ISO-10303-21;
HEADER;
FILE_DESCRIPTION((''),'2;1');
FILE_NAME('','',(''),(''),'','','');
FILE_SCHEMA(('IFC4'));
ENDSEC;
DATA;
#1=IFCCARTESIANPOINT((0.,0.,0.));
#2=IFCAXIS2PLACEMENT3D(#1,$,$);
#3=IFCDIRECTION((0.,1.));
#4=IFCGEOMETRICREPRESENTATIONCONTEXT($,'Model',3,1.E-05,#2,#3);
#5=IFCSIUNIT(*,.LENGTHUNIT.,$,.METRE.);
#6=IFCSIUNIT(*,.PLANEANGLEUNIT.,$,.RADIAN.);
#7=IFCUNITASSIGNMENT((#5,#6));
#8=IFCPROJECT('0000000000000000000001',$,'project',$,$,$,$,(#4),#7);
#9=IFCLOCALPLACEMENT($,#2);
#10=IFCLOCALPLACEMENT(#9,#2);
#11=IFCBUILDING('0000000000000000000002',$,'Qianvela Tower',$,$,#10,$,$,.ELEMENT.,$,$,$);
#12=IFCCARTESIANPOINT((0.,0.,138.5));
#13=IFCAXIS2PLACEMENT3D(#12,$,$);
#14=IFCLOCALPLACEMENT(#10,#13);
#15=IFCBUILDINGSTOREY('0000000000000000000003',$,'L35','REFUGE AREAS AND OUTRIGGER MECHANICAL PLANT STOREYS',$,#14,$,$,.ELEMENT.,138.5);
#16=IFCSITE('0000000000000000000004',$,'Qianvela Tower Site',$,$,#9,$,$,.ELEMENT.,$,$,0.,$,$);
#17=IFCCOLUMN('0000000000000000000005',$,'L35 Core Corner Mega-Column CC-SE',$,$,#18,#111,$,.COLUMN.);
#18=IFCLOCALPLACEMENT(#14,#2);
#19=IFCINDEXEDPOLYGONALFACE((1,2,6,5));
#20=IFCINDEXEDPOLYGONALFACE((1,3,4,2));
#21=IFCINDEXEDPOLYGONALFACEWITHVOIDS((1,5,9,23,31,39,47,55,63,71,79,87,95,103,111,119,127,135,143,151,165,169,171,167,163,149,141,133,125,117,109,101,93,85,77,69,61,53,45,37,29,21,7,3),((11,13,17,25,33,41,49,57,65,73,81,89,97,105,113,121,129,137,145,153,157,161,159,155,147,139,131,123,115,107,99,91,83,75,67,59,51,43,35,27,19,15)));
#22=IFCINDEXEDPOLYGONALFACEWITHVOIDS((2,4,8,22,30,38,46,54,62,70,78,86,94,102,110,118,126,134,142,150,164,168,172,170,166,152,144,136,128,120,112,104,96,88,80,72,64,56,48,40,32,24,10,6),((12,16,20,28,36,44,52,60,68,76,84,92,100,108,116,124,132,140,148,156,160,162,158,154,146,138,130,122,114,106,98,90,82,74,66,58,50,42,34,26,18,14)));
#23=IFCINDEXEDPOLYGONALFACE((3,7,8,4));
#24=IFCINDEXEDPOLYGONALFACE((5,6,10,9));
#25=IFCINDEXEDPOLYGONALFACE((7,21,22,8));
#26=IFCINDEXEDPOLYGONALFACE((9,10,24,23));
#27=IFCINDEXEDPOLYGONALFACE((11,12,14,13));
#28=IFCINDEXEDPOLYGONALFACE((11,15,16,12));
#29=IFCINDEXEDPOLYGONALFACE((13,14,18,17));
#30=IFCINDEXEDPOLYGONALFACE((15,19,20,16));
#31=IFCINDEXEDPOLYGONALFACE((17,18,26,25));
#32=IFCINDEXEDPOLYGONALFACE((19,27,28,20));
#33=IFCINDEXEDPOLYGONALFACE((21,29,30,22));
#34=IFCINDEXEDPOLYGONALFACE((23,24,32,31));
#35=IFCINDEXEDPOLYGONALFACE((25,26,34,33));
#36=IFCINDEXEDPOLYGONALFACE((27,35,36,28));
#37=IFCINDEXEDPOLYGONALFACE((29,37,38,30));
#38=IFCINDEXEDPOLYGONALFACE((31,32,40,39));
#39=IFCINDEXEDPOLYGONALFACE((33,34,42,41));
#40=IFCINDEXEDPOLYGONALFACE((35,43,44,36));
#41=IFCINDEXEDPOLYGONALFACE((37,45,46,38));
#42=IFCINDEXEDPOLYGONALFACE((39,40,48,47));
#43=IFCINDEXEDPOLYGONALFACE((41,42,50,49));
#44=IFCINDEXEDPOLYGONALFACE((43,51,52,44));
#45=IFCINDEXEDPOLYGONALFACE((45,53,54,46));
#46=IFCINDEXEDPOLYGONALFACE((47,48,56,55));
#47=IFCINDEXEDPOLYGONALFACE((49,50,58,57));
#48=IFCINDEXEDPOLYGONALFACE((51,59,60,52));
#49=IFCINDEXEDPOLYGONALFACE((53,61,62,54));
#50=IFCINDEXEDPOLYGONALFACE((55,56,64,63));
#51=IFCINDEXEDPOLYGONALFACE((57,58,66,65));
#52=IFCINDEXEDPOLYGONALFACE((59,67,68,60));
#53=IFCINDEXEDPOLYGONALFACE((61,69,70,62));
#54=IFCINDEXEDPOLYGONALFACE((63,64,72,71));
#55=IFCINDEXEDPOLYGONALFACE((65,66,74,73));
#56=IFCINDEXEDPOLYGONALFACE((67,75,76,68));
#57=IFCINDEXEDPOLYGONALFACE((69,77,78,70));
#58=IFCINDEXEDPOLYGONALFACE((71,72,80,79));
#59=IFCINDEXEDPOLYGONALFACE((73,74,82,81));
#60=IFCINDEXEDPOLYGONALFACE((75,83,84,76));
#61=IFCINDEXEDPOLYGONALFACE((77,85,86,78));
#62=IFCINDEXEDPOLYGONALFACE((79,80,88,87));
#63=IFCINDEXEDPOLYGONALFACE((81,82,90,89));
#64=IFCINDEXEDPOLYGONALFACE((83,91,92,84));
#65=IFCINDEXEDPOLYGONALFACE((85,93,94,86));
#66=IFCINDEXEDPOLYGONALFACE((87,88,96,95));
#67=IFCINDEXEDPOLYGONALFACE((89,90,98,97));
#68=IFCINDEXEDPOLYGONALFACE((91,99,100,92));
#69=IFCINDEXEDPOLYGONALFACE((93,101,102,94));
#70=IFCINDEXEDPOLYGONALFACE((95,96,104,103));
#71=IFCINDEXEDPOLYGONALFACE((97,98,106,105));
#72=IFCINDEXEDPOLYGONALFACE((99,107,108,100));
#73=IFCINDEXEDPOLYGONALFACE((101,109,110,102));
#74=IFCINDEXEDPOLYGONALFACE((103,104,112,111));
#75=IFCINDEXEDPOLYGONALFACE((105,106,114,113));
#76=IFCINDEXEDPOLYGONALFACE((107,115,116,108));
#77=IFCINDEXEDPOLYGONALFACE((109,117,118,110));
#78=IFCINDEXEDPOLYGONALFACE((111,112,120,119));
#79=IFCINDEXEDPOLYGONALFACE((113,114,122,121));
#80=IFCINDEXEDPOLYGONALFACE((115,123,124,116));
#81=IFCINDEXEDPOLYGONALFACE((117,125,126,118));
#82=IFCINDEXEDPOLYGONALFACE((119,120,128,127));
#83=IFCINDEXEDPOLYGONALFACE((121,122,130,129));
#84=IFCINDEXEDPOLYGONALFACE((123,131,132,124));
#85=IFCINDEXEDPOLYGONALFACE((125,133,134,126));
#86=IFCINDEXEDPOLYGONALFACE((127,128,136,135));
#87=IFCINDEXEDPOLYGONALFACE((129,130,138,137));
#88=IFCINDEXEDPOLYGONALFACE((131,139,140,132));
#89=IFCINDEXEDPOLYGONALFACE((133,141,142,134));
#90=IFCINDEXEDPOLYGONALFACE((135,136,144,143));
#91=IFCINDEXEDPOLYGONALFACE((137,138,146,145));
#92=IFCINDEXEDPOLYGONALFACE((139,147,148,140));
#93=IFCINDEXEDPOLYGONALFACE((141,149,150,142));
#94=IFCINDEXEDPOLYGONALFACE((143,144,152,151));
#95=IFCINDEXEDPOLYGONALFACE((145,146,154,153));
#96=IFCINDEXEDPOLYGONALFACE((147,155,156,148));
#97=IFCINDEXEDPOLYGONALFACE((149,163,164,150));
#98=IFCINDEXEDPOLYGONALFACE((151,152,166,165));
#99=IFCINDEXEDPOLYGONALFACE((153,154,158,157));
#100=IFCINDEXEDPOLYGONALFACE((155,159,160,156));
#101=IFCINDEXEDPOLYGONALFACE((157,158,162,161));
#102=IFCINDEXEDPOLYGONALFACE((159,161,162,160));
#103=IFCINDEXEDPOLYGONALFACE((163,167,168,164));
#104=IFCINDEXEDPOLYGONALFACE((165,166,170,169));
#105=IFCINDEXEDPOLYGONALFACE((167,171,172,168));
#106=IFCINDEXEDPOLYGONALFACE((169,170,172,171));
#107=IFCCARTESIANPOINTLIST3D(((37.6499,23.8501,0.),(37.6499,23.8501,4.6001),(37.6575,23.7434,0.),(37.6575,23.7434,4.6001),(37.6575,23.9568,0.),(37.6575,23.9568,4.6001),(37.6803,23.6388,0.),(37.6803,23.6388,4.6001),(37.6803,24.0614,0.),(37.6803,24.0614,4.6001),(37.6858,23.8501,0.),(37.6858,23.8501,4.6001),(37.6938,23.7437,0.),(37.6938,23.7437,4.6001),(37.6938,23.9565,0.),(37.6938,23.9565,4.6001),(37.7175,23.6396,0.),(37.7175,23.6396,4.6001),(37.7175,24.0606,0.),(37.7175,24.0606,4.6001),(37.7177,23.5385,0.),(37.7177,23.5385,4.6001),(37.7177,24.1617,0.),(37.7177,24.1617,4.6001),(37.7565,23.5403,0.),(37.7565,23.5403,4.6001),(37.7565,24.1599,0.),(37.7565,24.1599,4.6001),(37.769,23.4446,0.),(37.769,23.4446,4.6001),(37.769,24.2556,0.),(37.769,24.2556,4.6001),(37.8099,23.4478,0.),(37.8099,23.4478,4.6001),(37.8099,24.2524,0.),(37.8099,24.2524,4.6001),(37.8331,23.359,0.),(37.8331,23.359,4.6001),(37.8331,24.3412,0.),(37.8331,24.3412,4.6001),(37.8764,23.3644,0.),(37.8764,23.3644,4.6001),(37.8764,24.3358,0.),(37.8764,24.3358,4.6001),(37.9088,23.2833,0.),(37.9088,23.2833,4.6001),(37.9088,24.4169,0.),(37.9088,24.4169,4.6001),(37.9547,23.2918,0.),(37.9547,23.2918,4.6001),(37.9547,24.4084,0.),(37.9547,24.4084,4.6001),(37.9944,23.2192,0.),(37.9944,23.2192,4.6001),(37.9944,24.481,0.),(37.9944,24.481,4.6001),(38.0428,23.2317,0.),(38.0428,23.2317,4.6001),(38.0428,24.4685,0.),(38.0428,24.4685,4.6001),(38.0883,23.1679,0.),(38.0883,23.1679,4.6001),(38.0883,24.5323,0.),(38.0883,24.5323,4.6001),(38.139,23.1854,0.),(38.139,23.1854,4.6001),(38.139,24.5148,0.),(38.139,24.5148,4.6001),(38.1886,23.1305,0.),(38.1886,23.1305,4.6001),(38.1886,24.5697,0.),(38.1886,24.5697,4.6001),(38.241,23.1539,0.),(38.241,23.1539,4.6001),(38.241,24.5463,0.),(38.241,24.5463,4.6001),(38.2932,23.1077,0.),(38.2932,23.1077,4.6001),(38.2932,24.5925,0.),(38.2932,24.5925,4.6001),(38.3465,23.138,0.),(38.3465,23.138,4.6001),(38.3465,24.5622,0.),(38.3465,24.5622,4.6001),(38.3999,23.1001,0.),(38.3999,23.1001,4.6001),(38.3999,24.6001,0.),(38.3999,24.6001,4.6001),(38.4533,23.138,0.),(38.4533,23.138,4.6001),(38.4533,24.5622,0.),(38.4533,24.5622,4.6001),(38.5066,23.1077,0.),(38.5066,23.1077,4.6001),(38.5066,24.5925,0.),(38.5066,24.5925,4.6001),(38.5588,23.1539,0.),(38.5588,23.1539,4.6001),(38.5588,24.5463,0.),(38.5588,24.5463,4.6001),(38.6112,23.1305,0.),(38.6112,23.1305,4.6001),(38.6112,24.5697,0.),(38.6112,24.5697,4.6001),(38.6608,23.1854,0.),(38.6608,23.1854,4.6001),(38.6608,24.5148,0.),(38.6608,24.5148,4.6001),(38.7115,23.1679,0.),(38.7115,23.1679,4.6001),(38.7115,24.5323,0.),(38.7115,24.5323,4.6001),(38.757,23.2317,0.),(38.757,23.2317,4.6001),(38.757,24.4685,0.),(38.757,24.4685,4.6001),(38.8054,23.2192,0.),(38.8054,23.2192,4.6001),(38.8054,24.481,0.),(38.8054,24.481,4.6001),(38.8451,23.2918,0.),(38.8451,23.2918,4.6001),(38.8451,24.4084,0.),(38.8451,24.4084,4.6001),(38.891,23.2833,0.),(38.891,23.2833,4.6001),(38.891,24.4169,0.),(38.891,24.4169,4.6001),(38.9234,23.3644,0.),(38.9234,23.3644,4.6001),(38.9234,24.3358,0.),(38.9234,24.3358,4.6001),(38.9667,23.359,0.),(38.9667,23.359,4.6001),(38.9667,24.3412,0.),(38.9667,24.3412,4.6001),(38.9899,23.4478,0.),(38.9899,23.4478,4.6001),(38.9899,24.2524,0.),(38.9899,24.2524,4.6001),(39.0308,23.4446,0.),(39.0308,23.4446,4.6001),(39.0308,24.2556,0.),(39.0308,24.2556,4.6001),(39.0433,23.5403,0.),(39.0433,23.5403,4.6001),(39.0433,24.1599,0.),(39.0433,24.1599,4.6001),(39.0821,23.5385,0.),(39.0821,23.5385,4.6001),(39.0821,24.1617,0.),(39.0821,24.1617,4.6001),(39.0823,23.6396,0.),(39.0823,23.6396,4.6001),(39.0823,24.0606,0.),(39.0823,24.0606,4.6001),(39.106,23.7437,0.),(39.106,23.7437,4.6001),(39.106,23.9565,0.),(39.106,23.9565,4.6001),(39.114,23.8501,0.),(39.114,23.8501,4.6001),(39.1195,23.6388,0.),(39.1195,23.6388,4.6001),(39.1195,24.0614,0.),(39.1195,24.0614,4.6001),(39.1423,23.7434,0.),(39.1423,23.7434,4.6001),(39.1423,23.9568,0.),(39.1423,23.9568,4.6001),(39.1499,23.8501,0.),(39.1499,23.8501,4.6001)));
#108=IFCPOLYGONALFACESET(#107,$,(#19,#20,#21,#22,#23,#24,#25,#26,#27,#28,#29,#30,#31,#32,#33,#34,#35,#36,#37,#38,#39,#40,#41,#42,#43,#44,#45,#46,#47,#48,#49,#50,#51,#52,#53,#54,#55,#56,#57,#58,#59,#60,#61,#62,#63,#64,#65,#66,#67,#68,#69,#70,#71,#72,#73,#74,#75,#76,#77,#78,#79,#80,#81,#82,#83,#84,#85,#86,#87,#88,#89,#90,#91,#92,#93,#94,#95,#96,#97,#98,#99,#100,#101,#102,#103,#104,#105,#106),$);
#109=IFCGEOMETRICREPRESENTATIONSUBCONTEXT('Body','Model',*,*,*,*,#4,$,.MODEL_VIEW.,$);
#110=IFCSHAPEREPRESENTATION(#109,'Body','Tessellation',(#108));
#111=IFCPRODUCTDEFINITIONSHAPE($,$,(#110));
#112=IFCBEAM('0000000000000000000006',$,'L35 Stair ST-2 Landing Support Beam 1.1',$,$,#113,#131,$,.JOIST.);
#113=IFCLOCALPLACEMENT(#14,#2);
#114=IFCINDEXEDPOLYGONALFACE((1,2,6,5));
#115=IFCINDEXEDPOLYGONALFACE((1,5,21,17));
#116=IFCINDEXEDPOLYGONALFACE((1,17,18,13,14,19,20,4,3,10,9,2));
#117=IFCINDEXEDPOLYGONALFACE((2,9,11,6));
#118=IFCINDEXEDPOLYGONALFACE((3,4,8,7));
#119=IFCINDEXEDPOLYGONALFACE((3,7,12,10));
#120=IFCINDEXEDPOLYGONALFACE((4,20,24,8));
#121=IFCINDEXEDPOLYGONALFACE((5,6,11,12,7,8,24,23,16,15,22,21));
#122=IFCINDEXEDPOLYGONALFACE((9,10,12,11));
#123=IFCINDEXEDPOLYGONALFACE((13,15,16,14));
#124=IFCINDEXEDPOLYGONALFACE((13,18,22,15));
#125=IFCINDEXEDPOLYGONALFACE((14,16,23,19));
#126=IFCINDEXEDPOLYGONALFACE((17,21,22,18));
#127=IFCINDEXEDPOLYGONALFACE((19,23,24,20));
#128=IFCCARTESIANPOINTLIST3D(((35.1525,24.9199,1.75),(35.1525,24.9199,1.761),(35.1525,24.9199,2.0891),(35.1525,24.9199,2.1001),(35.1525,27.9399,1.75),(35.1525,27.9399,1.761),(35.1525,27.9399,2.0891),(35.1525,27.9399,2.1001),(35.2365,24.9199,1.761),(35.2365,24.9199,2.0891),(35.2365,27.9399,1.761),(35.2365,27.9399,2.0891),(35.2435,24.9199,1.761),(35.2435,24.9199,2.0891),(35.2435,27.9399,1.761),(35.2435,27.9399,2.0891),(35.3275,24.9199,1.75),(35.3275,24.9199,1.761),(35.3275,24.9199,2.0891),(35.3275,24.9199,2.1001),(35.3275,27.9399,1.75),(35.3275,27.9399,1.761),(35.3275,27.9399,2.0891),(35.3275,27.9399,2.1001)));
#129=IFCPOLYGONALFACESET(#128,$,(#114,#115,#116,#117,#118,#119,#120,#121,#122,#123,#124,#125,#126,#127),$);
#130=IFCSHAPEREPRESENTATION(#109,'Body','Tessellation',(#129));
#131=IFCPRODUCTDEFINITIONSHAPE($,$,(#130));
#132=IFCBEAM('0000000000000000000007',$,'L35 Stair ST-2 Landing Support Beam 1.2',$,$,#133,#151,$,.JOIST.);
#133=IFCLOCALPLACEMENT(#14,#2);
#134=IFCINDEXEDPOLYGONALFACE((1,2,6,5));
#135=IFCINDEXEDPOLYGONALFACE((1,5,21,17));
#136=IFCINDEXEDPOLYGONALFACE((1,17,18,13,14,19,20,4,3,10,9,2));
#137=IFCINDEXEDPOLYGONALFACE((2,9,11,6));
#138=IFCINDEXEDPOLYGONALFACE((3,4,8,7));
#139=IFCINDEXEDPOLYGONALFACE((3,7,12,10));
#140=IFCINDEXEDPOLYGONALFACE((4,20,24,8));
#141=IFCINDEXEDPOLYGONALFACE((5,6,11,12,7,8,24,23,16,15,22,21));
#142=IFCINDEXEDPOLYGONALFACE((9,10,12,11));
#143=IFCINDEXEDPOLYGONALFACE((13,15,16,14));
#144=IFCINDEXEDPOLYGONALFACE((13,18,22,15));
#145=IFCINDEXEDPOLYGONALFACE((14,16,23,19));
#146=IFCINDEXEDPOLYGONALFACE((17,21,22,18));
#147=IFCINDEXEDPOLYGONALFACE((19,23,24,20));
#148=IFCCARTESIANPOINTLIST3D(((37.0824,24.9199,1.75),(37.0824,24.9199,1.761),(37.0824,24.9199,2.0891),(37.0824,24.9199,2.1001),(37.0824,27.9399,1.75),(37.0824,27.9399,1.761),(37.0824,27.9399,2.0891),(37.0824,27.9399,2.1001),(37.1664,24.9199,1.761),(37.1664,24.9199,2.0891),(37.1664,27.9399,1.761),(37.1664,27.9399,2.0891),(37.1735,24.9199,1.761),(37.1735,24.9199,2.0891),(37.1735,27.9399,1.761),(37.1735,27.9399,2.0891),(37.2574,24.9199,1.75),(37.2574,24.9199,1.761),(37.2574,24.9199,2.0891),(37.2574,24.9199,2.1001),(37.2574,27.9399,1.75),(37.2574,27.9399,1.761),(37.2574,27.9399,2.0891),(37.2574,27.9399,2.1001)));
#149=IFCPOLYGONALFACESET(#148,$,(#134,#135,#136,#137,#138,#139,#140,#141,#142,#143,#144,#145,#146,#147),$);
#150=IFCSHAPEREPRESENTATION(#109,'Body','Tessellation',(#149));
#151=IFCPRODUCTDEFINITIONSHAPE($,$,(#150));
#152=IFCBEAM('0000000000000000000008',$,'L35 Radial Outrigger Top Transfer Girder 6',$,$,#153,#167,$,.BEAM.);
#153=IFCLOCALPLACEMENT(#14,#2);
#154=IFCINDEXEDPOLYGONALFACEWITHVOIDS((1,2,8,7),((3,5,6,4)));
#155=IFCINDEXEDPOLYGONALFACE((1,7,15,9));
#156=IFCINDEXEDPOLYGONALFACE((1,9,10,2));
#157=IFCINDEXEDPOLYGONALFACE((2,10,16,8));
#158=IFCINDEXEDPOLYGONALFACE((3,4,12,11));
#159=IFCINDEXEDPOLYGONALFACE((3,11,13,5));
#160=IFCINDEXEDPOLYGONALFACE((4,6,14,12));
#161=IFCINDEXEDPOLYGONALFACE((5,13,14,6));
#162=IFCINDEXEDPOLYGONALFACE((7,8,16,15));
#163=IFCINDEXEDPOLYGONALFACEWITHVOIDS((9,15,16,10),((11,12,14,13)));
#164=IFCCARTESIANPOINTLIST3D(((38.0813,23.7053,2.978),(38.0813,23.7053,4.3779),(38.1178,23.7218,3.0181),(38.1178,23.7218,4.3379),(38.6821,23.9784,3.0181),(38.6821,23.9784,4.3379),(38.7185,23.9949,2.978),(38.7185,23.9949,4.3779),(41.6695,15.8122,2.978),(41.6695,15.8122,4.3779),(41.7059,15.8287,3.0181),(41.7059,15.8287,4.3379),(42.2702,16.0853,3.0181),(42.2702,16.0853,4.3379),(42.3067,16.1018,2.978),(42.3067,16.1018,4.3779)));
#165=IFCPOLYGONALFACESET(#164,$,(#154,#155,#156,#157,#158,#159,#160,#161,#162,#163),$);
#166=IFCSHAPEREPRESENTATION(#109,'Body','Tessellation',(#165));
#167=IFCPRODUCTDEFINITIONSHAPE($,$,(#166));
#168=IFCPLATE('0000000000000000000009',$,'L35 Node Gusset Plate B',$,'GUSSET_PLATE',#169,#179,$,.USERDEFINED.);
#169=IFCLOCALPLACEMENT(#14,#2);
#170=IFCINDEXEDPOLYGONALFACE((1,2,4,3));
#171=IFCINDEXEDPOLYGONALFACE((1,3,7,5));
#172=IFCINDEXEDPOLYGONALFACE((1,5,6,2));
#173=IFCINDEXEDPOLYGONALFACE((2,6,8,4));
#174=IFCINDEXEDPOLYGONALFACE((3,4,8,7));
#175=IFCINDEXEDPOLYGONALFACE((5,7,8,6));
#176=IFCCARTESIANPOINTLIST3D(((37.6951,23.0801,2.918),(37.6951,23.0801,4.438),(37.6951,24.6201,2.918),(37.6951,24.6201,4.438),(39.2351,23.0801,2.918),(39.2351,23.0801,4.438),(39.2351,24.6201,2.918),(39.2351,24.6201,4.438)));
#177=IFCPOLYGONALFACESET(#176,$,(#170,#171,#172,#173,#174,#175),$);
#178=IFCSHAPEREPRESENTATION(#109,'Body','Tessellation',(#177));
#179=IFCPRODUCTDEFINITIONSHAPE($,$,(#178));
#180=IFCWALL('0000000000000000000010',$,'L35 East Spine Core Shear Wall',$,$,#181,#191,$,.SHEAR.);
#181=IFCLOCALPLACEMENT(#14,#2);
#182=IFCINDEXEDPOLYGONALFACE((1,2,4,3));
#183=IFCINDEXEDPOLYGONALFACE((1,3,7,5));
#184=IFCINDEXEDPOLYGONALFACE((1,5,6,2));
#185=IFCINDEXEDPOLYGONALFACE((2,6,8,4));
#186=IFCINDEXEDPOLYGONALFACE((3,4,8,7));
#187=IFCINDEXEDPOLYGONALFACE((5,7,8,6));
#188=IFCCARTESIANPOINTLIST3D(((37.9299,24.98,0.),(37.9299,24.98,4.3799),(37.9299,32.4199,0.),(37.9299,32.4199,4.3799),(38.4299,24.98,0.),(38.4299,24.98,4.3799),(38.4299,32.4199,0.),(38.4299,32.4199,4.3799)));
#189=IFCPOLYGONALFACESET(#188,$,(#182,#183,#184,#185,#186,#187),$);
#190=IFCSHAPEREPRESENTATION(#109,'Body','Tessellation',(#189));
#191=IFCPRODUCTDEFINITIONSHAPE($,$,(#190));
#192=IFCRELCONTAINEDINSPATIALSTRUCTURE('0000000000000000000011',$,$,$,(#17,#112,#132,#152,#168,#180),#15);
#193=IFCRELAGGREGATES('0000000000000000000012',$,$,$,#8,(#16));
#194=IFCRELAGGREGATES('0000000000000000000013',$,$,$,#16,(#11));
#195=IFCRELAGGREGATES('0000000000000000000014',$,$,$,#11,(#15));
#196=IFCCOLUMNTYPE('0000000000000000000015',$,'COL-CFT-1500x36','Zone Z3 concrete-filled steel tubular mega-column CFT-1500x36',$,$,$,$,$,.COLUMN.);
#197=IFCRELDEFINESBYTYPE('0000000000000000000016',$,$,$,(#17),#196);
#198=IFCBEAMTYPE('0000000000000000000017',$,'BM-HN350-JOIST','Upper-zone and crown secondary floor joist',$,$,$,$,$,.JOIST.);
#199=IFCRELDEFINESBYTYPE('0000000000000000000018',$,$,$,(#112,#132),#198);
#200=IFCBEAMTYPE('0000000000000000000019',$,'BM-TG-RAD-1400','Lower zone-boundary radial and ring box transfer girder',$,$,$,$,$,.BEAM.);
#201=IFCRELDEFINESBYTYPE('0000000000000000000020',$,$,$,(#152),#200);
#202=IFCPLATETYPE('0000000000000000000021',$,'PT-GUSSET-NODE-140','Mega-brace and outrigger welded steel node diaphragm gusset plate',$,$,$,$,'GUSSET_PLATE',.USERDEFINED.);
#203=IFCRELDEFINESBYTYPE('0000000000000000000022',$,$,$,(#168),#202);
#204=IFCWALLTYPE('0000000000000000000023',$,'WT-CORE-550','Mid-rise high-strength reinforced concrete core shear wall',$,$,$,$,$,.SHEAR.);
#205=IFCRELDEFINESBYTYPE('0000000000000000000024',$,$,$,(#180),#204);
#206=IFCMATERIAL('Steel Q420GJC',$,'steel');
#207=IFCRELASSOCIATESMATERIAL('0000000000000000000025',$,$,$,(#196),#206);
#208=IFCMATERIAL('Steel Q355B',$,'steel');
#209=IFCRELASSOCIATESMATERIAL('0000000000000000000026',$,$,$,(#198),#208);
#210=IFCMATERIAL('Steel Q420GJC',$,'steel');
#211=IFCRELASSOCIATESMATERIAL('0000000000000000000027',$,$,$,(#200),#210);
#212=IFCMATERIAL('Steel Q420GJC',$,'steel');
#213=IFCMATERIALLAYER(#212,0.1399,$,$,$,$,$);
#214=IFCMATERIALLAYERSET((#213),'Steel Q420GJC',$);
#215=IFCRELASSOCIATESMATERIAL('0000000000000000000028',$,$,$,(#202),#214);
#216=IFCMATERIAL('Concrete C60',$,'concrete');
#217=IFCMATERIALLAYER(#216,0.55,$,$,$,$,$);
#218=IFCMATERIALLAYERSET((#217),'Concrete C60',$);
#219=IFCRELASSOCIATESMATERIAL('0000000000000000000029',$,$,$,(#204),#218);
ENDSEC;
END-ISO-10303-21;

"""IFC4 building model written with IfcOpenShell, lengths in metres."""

from ifc_helpers import new_model, si_unit, direction, frame, frame_2d, origin, origin_2d, place, context, subcontext, project, spatial, rectangle, hollow_rectangle, hollow_circle, i_section, extrude, material, layer, layer_set, material_profile, profile_set, type_object, element, save


model = new_model("IFC4")

# Units and contexts
model_context = context("Model", 3, precision=1e-05, world=origin(), true_north=direction((0.0, 1.0)))
body_context = subcontext(model_context, "Body", "Model", "MODEL_VIEW")
ifc_project = project(units=[si_unit("LENGTHUNIT", "METRE"), si_unit("PLANEANGLEUNIT", "RADIAN")], contexts=[model_context])

# Site, building, storey
site_placement = place(None, origin())
site = spatial("IfcSite", under=ifc_project, at=site_placement, Name="Qianvela Tower Site", CompositionType="ELEMENT", RefElevation=0.0)
building_placement = place(site_placement, origin())
building = spatial("IfcBuilding", under=site, at=building_placement, Name="Qianvela Tower", CompositionType="ELEMENT")
storey_placement = place(building_placement, frame((0.0, 0.0, 138.5)))
storey = spatial("IfcBuildingStorey", under=building, at=storey_placement, Name="L35", Description="REFUGE AREAS AND OUTRIGGER MECHANICAL PLANT STOREYS", CompositionType="ELEMENT", Elevation=138.5)

# Column
ifc_material_1 = material(Name="Steel Q420GJC", Category="steel")
ifc_material_profile_1 = material_profile(ifc_material_1, hollow_circle(Radius=0.75, WallThickness=0.0359, at=origin_2d()), Name="CFT-1500x36")
ifc_profile_set_1 = profile_set([ifc_material_profile_1], Name="Steel Q420GJC")
column_type = type_object("IfcColumnType", Name="COL-CFT-1500x36", Description="Zone Z3 concrete-filled steel tubular mega-column CFT-1500x36", PredefinedType="COLUMN", material=ifc_profile_set_1)
column_placement = place(storey_placement, frame((38.3999, 23.8501, 0.0), z_axis=(0.0, 0.0, 1.0), x_axis=(1.0, 0.0, 0.0)))
element("IfcColumn", 1, at=column_placement, inside=storey, type_object=column_type, Name="L35 Core Corner Mega-Column CC-SE", PredefinedType="COLUMN", context=body_context, shape_type="SweptSolid", body=[
    extrude(hollow_circle(Radius=0.75, WallThickness=0.0359, at=origin_2d()), origin(), (0.0, 0.0, 1.0), 4.6001),
])

# Beams
ifc_material_2 = material(Name="Steel Q355B", Category="steel")
ifc_material_profile_2 = material_profile(ifc_material_2, i_section(OverallWidth=0.175, OverallDepth=0.3501, WebThickness=0.0071, FlangeThickness=0.011, at=origin_2d()), Name="HN350x175x7x11")
ifc_profile_set_2 = profile_set([ifc_material_profile_2], Name="Steel Q355B")
beam_type_1 = type_object("IfcBeamType", Name="BM-HN350-JOIST", Description="Upper-zone and crown secondary floor joist", PredefinedType="JOIST", material=ifc_profile_set_2)
for number, where, z_axis, x_axis, name in (
    (2, (35.24, 24.9199, 1.925), (0.0, 1.0, 0.0), (-1.0, 0.0, 0.0), "L35 Stair ST-2 Landing Support Beam 1.1"),
    (3, (37.1699, 24.9199, 1.925), (0.0, 1.0, 0.0), (-1.0, 0.0, 0.0), "L35 Stair ST-2 Landing Support Beam 1.2"),
):
    element("IfcBeam", number, at=place(storey_placement, frame(where, z_axis=z_axis, x_axis=x_axis)), inside=storey, type_object=beam_type_1, Name=name, PredefinedType="JOIST", context=body_context, shape_type="SweptSolid", body=[
        extrude(i_section(OverallWidth=0.175, OverallDepth=0.3501, WebThickness=0.0071, FlangeThickness=0.011, at=origin_2d()), origin(), (0.0, 0.0, 1.0), 3.02),
    ])
ifc_material_3 = material(Name="Steel Q420GJC", Category="steel")
ifc_material_profile_3 = material_profile(ifc_material_3, hollow_rectangle(XDim=0.7, YDim=1.3999, WallThickness=0.04, at=origin_2d()), Name="TG-BOX-1400x700x40")
ifc_profile_set_3 = profile_set([ifc_material_profile_3], Name="Steel Q420GJC")
beam_type_2 = type_object("IfcBeamType", Name="BM-TG-RAD-1400", Description="Lower zone-boundary radial and ring box transfer girder", PredefinedType="BEAM", material=ifc_profile_set_3)
beam_placement = place(storey_placement, frame((38.3999, 23.8501, 3.678), z_axis=(0.413839, -0.91035, 0.0), x_axis=(0.91035, 0.413839, 0.0)))
element("IfcBeam", 4, at=beam_placement, inside=storey, type_object=beam_type_2, Name="L35 Radial Outrigger Top Transfer Girder 6", PredefinedType="BEAM", context=body_context, shape_type="SweptSolid", body=[
    extrude(hollow_rectangle(XDim=0.7, YDim=1.3999, WallThickness=0.04, at=origin_2d()), origin(), (0.0, 0.0, 1.0), 8.6704),
])

# Plate
ifc_material_4 = material(Name="Steel Q420GJC", Category="steel")
ifc_layer_1 = layer(ifc_material_4, 0.1399)
ifc_layer_set_1 = layer_set([ifc_layer_1], Name="Steel Q420GJC")
plate_type = type_object("IfcPlateType", Name="PT-GUSSET-NODE-140", Description="Mega-brace and outrigger welded steel node diaphragm gusset plate", ElementType="GUSSET_PLATE", PredefinedType="USERDEFINED", material=ifc_layer_set_1)
plate_placement = place(storey_placement, frame((38.4651, 23.8501, 2.918), z_axis=(0.0, 0.0, 1.0), x_axis=(1.0, 0.0, 0.0)))
element("IfcPlate", 5, at=plate_placement, inside=storey, type_object=plate_type, Name="L35 Node Gusset Plate B", ObjectType="GUSSET_PLATE", PredefinedType="USERDEFINED", context=body_context, shape_type="SweptSolid", body=[
    extrude(rectangle(XDim=1.54, YDim=1.54, at=origin_2d()), origin(), (0.0, 0.0, 1.0), 1.52),
])

# Wall
ifc_material_5 = material(Name="Concrete C60", Category="concrete")
ifc_layer_2 = layer(ifc_material_5, 0.55)
ifc_layer_set_2 = layer_set([ifc_layer_2], Name="Concrete C60")
wall_type_1 = type_object("IfcWallType", Name="WT-CORE-550", Description="Mid-rise high-strength reinforced concrete core shear wall", PredefinedType="SHEAR", material=ifc_layer_set_2)
wall_1_placement = place(storey_placement, frame((38.1799, 24.98, 0.0), z_axis=(0.0, 0.0, 1.0), x_axis=(0.0, 1.0, 0.0)))
element("IfcWall", 6, at=wall_1_placement, inside=storey, type_object=wall_type_1, Name="L35 East Spine Core Shear Wall", PredefinedType="SHEAR", context=body_context, shape_type="SweptSolid", body=[
    extrude(rectangle(XDim=7.4399, YDim=0.5, at=frame_2d((3.72, 0.0))), origin(), (0.0, 0.0, 1.0), 4.3799),
])

save(model, "model.ifc")
